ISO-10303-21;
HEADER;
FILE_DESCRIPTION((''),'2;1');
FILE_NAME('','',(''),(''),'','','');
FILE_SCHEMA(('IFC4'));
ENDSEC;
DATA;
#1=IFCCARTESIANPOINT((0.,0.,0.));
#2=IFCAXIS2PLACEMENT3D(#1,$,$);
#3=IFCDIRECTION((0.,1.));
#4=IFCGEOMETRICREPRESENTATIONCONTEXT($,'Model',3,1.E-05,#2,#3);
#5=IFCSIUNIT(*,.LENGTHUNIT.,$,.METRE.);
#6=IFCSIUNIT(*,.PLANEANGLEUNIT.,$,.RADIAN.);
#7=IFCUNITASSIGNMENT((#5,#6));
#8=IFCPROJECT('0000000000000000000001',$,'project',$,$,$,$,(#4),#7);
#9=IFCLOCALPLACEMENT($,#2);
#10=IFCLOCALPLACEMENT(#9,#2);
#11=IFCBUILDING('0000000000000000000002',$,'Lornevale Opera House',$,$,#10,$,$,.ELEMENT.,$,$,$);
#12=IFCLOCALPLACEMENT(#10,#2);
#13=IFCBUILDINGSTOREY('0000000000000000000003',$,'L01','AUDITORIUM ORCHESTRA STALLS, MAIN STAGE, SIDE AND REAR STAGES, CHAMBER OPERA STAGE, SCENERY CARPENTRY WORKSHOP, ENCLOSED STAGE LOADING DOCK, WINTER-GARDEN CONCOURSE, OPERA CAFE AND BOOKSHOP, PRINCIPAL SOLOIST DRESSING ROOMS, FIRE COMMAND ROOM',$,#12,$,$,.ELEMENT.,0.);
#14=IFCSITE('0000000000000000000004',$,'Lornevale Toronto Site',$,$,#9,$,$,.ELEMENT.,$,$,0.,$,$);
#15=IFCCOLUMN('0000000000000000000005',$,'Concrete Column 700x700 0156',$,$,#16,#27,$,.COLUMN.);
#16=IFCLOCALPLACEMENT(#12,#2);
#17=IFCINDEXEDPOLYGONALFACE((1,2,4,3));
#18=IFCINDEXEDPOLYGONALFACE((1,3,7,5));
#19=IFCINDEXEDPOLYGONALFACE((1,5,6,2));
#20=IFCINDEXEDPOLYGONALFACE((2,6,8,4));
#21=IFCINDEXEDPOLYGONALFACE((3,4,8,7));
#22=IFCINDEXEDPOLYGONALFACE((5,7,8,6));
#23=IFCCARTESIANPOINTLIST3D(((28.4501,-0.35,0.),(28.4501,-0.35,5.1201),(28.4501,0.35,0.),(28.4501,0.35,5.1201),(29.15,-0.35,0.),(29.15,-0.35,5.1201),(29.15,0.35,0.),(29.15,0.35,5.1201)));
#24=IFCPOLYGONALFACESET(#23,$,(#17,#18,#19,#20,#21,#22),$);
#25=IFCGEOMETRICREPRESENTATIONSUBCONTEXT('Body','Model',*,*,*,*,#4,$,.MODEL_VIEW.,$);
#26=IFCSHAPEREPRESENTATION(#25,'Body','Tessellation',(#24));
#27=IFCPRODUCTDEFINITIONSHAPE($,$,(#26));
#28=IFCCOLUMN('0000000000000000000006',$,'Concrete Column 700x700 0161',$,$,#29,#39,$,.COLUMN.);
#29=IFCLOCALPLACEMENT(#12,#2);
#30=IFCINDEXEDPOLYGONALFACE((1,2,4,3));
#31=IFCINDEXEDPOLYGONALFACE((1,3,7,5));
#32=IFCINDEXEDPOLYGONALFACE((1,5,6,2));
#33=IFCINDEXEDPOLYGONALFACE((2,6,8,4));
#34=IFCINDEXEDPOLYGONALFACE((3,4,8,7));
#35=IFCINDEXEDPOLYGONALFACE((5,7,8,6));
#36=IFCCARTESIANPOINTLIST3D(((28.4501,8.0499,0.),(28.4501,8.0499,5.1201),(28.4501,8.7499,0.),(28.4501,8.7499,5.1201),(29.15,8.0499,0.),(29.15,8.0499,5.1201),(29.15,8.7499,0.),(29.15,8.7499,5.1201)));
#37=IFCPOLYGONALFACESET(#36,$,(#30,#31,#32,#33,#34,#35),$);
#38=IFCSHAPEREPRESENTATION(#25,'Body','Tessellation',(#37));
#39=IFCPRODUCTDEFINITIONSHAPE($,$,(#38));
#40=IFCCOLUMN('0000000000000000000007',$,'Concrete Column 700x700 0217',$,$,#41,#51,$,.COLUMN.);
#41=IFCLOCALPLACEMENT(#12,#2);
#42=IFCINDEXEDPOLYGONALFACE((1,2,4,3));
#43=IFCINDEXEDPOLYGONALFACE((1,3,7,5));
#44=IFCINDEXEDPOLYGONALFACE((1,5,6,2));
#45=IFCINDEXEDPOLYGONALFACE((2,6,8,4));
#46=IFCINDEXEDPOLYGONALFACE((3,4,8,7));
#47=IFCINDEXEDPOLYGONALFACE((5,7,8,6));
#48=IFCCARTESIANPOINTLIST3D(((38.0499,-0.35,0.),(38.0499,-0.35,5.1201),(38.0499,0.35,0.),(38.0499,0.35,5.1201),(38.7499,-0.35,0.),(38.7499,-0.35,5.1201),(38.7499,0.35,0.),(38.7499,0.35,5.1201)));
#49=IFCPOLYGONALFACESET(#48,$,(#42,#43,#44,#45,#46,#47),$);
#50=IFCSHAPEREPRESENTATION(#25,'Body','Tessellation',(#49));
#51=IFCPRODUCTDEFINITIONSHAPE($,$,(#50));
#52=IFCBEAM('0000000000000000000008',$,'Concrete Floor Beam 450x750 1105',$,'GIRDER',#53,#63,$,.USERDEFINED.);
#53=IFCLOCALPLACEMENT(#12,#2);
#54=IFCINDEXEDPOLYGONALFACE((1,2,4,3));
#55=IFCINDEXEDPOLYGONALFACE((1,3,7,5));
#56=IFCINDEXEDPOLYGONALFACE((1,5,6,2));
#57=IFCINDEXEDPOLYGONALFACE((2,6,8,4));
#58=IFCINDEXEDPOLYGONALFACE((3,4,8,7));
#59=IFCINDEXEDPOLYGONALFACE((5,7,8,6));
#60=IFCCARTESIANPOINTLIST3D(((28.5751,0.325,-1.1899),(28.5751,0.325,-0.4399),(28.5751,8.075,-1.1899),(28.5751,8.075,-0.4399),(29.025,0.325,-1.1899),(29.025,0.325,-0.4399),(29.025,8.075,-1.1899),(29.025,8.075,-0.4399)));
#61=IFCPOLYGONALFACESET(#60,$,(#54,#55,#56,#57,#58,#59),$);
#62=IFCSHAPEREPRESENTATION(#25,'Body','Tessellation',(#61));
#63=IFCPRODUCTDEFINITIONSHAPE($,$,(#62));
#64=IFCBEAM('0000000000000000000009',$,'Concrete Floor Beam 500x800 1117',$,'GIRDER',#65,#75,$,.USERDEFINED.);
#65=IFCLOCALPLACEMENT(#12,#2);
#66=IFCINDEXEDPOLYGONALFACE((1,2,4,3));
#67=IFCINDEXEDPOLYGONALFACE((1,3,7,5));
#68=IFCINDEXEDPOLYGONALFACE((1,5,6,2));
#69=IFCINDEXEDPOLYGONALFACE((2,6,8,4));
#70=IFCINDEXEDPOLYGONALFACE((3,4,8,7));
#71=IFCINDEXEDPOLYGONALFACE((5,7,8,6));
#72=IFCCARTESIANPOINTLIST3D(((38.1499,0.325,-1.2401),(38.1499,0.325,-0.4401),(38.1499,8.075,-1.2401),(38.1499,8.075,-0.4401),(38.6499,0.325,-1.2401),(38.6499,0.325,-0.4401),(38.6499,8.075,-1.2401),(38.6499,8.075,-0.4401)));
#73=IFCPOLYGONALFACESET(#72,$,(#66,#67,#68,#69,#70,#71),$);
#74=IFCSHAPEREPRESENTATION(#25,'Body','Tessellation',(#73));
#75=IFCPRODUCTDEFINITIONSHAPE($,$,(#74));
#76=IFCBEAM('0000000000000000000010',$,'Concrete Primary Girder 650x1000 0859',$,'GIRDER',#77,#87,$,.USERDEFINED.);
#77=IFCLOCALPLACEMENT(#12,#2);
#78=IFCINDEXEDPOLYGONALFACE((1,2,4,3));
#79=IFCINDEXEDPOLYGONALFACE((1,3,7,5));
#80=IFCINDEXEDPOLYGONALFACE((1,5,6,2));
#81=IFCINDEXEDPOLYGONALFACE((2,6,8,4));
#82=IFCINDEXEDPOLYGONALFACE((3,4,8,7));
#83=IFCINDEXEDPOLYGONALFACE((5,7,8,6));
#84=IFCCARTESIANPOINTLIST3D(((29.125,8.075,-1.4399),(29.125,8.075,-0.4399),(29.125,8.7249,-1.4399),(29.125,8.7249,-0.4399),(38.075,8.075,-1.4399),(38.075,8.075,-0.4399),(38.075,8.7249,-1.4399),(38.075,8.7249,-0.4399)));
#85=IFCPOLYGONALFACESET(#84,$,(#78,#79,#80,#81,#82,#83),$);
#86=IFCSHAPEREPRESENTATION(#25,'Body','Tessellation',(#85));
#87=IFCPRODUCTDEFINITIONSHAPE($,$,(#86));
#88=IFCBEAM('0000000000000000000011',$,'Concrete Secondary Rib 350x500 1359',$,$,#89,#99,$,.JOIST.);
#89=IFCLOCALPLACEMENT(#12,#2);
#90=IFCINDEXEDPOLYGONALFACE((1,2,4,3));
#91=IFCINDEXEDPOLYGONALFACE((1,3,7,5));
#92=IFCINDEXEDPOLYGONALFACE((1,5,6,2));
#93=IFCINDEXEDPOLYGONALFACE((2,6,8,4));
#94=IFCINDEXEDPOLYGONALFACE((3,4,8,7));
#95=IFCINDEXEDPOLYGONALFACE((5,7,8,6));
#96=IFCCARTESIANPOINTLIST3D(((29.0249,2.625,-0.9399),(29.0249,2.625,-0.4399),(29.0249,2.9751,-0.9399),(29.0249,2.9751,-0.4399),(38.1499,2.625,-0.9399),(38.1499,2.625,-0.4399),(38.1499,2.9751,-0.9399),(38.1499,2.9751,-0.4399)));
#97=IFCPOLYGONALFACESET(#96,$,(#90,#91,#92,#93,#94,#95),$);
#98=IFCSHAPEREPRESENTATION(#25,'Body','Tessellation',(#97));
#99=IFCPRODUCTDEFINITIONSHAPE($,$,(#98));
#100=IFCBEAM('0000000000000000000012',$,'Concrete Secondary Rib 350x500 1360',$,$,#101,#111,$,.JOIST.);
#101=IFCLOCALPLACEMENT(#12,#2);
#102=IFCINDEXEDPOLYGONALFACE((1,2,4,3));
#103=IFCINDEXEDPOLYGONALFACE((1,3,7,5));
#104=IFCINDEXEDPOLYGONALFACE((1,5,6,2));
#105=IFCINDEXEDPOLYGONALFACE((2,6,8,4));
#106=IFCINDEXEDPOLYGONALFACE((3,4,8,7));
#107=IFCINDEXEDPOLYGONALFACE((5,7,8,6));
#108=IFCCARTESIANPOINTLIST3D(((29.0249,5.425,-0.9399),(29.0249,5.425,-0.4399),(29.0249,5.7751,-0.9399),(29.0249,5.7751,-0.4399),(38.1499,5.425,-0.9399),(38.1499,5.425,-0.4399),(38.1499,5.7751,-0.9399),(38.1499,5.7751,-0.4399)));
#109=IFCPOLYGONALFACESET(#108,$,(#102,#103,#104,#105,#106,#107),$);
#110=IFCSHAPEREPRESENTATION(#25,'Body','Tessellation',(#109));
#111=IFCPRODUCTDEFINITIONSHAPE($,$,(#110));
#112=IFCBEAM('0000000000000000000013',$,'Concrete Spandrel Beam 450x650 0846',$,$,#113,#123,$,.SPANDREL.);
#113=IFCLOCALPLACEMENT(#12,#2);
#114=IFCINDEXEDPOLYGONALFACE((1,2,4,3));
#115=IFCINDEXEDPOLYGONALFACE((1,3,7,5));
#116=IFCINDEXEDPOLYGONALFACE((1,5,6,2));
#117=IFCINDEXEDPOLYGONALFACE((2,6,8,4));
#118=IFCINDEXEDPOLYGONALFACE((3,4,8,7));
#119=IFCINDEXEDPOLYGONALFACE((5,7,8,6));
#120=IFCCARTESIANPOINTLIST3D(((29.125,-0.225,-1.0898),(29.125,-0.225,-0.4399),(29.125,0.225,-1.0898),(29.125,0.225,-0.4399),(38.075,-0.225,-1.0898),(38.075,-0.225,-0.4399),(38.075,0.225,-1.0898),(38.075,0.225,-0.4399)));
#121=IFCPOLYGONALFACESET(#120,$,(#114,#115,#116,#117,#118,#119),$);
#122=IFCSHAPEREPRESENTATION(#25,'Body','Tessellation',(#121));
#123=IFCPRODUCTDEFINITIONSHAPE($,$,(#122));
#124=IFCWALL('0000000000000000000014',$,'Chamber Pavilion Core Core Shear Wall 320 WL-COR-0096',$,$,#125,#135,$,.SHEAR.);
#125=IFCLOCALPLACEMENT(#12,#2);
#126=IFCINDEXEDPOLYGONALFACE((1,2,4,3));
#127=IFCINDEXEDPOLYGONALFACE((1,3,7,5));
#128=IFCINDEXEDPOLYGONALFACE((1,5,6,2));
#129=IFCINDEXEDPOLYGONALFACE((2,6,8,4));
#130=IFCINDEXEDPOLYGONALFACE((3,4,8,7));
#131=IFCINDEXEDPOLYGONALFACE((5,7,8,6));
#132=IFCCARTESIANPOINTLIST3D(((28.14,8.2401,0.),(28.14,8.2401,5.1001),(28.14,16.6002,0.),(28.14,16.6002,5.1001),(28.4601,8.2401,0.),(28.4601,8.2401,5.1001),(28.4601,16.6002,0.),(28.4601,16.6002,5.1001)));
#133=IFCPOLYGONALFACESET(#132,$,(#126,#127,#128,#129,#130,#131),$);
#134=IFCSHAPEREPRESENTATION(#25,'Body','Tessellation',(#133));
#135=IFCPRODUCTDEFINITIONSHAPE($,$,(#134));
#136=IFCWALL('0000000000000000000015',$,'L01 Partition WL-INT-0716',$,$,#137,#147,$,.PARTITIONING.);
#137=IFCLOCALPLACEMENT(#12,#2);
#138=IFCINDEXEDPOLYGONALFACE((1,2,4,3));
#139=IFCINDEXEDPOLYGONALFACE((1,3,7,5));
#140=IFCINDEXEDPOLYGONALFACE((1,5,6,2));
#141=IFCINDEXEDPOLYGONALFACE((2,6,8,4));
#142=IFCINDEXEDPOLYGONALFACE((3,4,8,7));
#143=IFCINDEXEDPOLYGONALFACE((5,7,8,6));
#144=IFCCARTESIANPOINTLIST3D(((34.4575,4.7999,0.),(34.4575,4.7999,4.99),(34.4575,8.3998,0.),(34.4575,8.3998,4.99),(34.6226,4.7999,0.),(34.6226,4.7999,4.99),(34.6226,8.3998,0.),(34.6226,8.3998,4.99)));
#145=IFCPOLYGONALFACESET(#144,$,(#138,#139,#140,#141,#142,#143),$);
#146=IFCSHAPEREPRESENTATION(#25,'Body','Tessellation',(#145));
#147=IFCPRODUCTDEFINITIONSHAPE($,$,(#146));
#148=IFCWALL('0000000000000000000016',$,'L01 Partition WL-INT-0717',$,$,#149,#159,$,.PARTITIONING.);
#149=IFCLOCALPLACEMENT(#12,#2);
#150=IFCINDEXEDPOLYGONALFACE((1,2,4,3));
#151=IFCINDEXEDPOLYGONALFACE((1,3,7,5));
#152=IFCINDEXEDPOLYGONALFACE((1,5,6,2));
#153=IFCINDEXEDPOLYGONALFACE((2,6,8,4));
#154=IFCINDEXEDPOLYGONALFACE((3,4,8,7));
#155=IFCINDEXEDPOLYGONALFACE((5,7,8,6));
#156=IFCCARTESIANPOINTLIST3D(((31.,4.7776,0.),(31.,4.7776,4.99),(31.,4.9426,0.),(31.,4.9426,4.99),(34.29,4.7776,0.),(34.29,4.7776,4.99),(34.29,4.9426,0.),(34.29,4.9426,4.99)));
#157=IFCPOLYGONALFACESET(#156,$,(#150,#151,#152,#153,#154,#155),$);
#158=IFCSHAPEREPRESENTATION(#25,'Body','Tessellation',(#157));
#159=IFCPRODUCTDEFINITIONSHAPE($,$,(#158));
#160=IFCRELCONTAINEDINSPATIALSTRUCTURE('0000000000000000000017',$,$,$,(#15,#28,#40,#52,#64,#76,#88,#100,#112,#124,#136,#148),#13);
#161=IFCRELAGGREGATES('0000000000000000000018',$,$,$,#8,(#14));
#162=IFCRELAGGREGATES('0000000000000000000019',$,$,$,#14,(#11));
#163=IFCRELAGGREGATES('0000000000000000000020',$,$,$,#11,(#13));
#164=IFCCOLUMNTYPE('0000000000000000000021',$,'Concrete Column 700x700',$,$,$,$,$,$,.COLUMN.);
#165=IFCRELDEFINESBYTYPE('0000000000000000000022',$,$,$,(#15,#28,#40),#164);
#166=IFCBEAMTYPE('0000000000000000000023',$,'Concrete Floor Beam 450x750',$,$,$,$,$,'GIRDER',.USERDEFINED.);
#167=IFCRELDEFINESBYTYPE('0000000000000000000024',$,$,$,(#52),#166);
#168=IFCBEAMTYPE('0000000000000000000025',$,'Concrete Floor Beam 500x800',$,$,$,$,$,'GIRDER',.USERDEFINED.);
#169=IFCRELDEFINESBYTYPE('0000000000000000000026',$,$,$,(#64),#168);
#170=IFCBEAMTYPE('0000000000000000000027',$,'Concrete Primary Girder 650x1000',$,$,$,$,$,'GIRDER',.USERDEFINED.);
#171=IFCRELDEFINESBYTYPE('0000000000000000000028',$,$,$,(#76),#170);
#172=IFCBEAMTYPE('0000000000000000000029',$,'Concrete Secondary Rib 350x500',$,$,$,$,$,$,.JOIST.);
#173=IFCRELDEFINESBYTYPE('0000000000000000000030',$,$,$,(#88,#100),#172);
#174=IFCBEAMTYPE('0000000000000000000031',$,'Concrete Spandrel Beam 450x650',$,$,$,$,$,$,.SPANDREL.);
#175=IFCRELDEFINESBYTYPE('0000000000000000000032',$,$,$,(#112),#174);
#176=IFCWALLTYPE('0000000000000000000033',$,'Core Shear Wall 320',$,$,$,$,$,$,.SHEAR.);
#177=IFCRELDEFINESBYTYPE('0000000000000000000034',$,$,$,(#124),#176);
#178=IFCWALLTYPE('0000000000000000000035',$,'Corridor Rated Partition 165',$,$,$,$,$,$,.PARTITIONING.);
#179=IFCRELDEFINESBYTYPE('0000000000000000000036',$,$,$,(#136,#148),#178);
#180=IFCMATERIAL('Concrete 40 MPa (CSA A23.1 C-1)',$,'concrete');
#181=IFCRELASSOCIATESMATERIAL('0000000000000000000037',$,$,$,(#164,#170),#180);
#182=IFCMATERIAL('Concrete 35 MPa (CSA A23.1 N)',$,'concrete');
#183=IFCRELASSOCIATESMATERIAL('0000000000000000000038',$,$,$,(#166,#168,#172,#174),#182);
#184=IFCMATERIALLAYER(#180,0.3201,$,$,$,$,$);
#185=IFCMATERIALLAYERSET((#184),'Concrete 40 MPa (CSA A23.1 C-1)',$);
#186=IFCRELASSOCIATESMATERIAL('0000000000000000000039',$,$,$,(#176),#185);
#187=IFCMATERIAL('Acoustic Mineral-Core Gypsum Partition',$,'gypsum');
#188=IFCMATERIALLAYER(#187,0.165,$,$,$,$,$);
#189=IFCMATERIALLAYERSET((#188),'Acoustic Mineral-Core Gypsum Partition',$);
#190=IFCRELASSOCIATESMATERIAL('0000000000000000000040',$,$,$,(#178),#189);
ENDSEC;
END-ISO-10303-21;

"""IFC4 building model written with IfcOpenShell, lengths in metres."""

from ifc_helpers import new_model, si_unit, direction, frame, frame_2d, origin, origin_2d, place, context, subcontext, project, spatial, rectangle, extrude, material, layer, layer_set, material_profile, profile_set, type_object, element, save


model = new_model("IFC4")

# Units and contexts
model_context = context("Model", 3, precision=1e-05, world=origin(), true_north=direction((0.0, 1.0)))
body_context = subcontext(model_context, "Body", "Model", "MODEL_VIEW")
ifc_project = project(units=[si_unit("LENGTHUNIT", "METRE"), si_unit("PLANEANGLEUNIT", "RADIAN")], contexts=[model_context])

# Site, building, storey
site_placement = place(None, origin())
site = spatial("IfcSite", under=ifc_project, at=site_placement, Name="Lornevale Toronto Site", CompositionType="ELEMENT", RefElevation=0.0)
building_placement = place(site_placement, origin())
building = spatial("IfcBuilding", under=site, at=building_placement, Name="Lornevale Opera House", CompositionType="ELEMENT")
storey_placement = place(building_placement, origin())
storey = spatial("IfcBuildingStorey", under=building, at=storey_placement, Name="L01", Description="AUDITORIUM ORCHESTRA STALLS, MAIN STAGE, SIDE AND REAR STAGES, CHAMBER OPERA STAGE, SCENERY CARPENTRY WORKSHOP, ENCLOSED STAGE LOADING DOCK, WINTER-GARDEN CONCOURSE, OPERA CAFE AND BOOKSHOP, PRINCIPAL SOLOIST DRESSING ROOMS, FIRE COMMAND ROOM", CompositionType="ELEMENT", Elevation=0.0)

# Columns
ifc_material_1 = material(Name="Concrete 40 MPa (CSA A23.1 C-1)", Category="concrete")
ifc_material_profile_1 = material_profile(ifc_material_1, rectangle(XDim=0.7, YDim=0.7, at=origin_2d()), Name="RC700x700")
ifc_profile_set_1 = profile_set([ifc_material_profile_1], Name="Concrete 40 MPa (CSA A23.1 C-1)")
column_type = type_object("IfcColumnType", Name="Concrete Column 700x700", PredefinedType="COLUMN", material=ifc_profile_set_1)
for number, where, z_axis, x_axis, name in (
    (1, (28.8, 0.0, 0.0), (0.0, 0.0, 1.0), (1.0, 0.0, 0.0), "Concrete Column 700x700 0156"),
    (2, (28.8, 8.3999, 0.0), (0.0, 0.0, 1.0), (1.0, 0.0, 0.0), "Concrete Column 700x700 0161"),
    (3, (38.3999, 0.0, 0.0), (0.0, 0.0, 1.0), (1.0, 0.0, 0.0), "Concrete Column 700x700 0217"),
):
    element("IfcColumn", number, at=place(storey_placement, frame(where, z_axis=z_axis, x_axis=x_axis)), inside=storey, type_object=column_type, Name=name, PredefinedType="COLUMN", context=body_context, shape_type="SweptSolid", body=[
        extrude(rectangle(XDim=0.7, YDim=0.7, at=origin_2d()), origin(), (0.0, 0.0, 1.0), 5.1201),
    ])

# Beams
ifc_material_2 = material(Name="Concrete 35 MPa (CSA A23.1 N)", Category="concrete")
ifc_material_profile_2 = material_profile(ifc_material_2, rectangle(XDim=0.45, YDim=0.75, at=origin_2d()), Name="RC450x750")
ifc_profile_set_2 = profile_set([ifc_material_profile_2], Name="Concrete 35 MPa (CSA A23.1 N)")
beam_type_1 = type_object("IfcBeamType", Name="Concrete Floor Beam 450x750", ElementType="GIRDER", PredefinedType="USERDEFINED", material=ifc_profile_set_2)
beam_1_placement = place(storey_placement, frame((28.8, 0.325, -0.8149), z_axis=(0.0, 1.0, 0.0), x_axis=(-1.0, 0.0, 0.0)))
element("IfcBeam", 4, at=beam_1_placement, inside=storey, type_object=beam_type_1, Name="Concrete Floor Beam 450x750 1105", ObjectType="GIRDER", PredefinedType="USERDEFINED", context=body_context, shape_type="SweptSolid", body=[
    extrude(rectangle(XDim=0.45, YDim=0.75, at=origin_2d()), origin(), (0.0, 0.0, 1.0), 7.75),
])
ifc_material_profile_3 = material_profile(ifc_material_2, rectangle(XDim=0.5, YDim=0.8, at=origin_2d()), Name="RC500x800")
ifc_profile_set_3 = profile_set([ifc_material_profile_3], Name="Concrete 35 MPa (CSA A23.1 N)")
beam_type_2 = type_object("IfcBeamType", Name="Concrete Floor Beam 500x800", ElementType="GIRDER", PredefinedType="USERDEFINED", material=ifc_profile_set_3)
beam_2_placement = place(storey_placement, frame((38.3999, 0.325, -0.8401), z_axis=(0.0, 1.0, 0.0), x_axis=(-1.0, 0.0, 0.0)))
element("IfcBeam", 5, at=beam_2_placement, inside=storey, type_object=beam_type_2, Name="Concrete Floor Beam 500x800 1117", ObjectType="GIRDER", PredefinedType="USERDEFINED", context=body_context, shape_type="SweptSolid", body=[
    extrude(rectangle(XDim=0.5, YDim=0.8, at=origin_2d()), origin(), (0.0, 0.0, 1.0), 7.75),
])
ifc_material_profile_4 = material_profile(ifc_material_1, rectangle(XDim=0.6499, YDim=1.0, at=origin_2d()), Name="RC650x1000")
ifc_profile_set_4 = profile_set([ifc_material_profile_4], Name="Concrete 40 MPa (CSA A23.1 C-1)")
beam_type_3 = type_object("IfcBeamType", Name="Concrete Primary Girder 650x1000", ElementType="GIRDER", PredefinedType="USERDEFINED", material=ifc_profile_set_4)
beam_3_placement = place(storey_placement, frame((29.125, 8.3999, -0.9399), z_axis=(1.0, 0.0, 0.0), x_axis=(0.0, 1.0, 0.0)))
element("IfcBeam", 6, at=beam_3_placement, inside=storey, type_object=beam_type_3, Name="Concrete Primary Girder 650x1000 0859", ObjectType="GIRDER", PredefinedType="USERDEFINED", context=body_context, shape_type="SweptSolid", body=[
    extrude(rectangle(XDim=0.6499, YDim=1.0, at=origin_2d()), origin(), (0.0, 0.0, 1.0), 8.95),
])
ifc_material_profile_5 = material_profile(ifc_material_2, rectangle(XDim=0.3501, YDim=0.5, at=origin_2d()), Name="RC350x500")
ifc_profile_set_5 = profile_set([ifc_material_profile_5], Name="Concrete 35 MPa (CSA A23.1 N)")
beam_type_4 = type_object("IfcBeamType", Name="Concrete Secondary Rib 350x500", PredefinedType="JOIST", material=ifc_profile_set_5)
for number, where, z_axis, x_axis, name in (
    (7, (29.0249, 2.8, -0.6899), (1.0, 0.0, 0.0), (0.0, 1.0, 0.0), "Concrete Secondary Rib 350x500 1359"),
    (8, (29.0249, 5.6001, -0.6899), (1.0, 0.0, 0.0), (0.0, 1.0, 0.0), "Concrete Secondary Rib 350x500 1360"),
):
    element("IfcBeam", number, at=place(storey_placement, frame(where, z_axis=z_axis, x_axis=x_axis)), inside=storey, type_object=beam_type_4, Name=name, PredefinedType="JOIST", context=body_context, shape_type="SweptSolid", body=[
        extrude(rectangle(XDim=0.3501, YDim=0.5, at=origin_2d()), origin(), (0.0, 0.0, 1.0), 9.125),
    ])
ifc_material_profile_6 = material_profile(ifc_material_2, rectangle(XDim=0.45, YDim=0.6499, at=origin_2d()), Name="RC450x650")
ifc_profile_set_6 = profile_set([ifc_material_profile_6], Name="Concrete 35 MPa (CSA A23.1 N)")
beam_type_5 = type_object("IfcBeamType", Name="Concrete Spandrel Beam 450x650", PredefinedType="SPANDREL", material=ifc_profile_set_6)
beam_4_placement = place(storey_placement, frame((29.125, 0.0, -0.7649), z_axis=(1.0, 0.0, 0.0), x_axis=(0.0, 1.0, 0.0)))
element("IfcBeam", 9, at=beam_4_placement, inside=storey, type_object=beam_type_5, Name="Concrete Spandrel Beam 450x650 0846", PredefinedType="SPANDREL", context=body_context, shape_type="SweptSolid", body=[
    extrude(rectangle(XDim=0.45, YDim=0.6499, at=origin_2d()), origin(), (0.0, 0.0, 1.0), 8.95),
])

# Walls
ifc_layer_1 = layer(ifc_material_1, 0.3201)
ifc_layer_set_1 = layer_set([ifc_layer_1], Name="Concrete 40 MPa (CSA A23.1 C-1)")
wall_type_1 = type_object("IfcWallType", Name="Core Shear Wall 320", PredefinedType="SHEAR", material=ifc_layer_set_1)
wall_1_placement = place(storey_placement, frame((28.3, 8.24, 0.0), z_axis=(0.0, 0.0, 1.0), x_axis=(0.0, 1.0, 0.0)))
element("IfcWall", 10, at=wall_1_placement, inside=storey, type_object=wall_type_1, Name="Chamber Pavilion Core Core Shear Wall 320 WL-COR-0096", PredefinedType="SHEAR", context=body_context, shape_type="SweptSolid", body=[
    extrude(rectangle(XDim=8.3601, YDim=0.3201, at=frame_2d((4.1802, 0.0))), origin(), (0.0, 0.0, 1.0), 5.1001),
])
ifc_material_3 = material(Name="Acoustic Mineral-Core Gypsum Partition", Category="gypsum")
ifc_layer_2 = layer(ifc_material_3, 0.165)
ifc_layer_set_2 = layer_set([ifc_layer_2], Name="Acoustic Mineral-Core Gypsum Partition")
wall_type_2 = type_object("IfcWallType", Name="Corridor Rated Partition 165", PredefinedType="PARTITIONING", material=ifc_layer_set_2)
wall_2_placement = place(storey_placement, frame((34.54, 4.8, 0.0), z_axis=(0.0, 0.0, 1.0), x_axis=(0.0, 1.0, 0.0)))
element("IfcWall", 11, at=wall_2_placement, inside=storey, type_object=wall_type_2, Name="L01 Partition WL-INT-0716", PredefinedType="PARTITIONING", context=body_context, shape_type="SweptSolid", body=[
    extrude(rectangle(XDim=3.5999, YDim=0.165, at=frame_2d((1.7998, 0.0))), origin(), (0.0, 0.0, 1.0), 4.99),
])
wall_3_placement = place(storey_placement, frame((31.0, 4.8601, 0.0), z_axis=(0.0, 0.0, 1.0), x_axis=(1.0, 0.0, 0.0)))
element("IfcWall", 12, at=wall_3_placement, inside=storey, type_object=wall_type_2, Name="L01 Partition WL-INT-0717", PredefinedType="PARTITIONING", context=body_context, shape_type="SweptSolid", body=[
    extrude(rectangle(XDim=3.29, YDim=0.165, at=frame_2d((1.645, 0.0))), origin(), (0.0, 0.0, 1.0), 4.99),
])

save(model, "model.ifc")
